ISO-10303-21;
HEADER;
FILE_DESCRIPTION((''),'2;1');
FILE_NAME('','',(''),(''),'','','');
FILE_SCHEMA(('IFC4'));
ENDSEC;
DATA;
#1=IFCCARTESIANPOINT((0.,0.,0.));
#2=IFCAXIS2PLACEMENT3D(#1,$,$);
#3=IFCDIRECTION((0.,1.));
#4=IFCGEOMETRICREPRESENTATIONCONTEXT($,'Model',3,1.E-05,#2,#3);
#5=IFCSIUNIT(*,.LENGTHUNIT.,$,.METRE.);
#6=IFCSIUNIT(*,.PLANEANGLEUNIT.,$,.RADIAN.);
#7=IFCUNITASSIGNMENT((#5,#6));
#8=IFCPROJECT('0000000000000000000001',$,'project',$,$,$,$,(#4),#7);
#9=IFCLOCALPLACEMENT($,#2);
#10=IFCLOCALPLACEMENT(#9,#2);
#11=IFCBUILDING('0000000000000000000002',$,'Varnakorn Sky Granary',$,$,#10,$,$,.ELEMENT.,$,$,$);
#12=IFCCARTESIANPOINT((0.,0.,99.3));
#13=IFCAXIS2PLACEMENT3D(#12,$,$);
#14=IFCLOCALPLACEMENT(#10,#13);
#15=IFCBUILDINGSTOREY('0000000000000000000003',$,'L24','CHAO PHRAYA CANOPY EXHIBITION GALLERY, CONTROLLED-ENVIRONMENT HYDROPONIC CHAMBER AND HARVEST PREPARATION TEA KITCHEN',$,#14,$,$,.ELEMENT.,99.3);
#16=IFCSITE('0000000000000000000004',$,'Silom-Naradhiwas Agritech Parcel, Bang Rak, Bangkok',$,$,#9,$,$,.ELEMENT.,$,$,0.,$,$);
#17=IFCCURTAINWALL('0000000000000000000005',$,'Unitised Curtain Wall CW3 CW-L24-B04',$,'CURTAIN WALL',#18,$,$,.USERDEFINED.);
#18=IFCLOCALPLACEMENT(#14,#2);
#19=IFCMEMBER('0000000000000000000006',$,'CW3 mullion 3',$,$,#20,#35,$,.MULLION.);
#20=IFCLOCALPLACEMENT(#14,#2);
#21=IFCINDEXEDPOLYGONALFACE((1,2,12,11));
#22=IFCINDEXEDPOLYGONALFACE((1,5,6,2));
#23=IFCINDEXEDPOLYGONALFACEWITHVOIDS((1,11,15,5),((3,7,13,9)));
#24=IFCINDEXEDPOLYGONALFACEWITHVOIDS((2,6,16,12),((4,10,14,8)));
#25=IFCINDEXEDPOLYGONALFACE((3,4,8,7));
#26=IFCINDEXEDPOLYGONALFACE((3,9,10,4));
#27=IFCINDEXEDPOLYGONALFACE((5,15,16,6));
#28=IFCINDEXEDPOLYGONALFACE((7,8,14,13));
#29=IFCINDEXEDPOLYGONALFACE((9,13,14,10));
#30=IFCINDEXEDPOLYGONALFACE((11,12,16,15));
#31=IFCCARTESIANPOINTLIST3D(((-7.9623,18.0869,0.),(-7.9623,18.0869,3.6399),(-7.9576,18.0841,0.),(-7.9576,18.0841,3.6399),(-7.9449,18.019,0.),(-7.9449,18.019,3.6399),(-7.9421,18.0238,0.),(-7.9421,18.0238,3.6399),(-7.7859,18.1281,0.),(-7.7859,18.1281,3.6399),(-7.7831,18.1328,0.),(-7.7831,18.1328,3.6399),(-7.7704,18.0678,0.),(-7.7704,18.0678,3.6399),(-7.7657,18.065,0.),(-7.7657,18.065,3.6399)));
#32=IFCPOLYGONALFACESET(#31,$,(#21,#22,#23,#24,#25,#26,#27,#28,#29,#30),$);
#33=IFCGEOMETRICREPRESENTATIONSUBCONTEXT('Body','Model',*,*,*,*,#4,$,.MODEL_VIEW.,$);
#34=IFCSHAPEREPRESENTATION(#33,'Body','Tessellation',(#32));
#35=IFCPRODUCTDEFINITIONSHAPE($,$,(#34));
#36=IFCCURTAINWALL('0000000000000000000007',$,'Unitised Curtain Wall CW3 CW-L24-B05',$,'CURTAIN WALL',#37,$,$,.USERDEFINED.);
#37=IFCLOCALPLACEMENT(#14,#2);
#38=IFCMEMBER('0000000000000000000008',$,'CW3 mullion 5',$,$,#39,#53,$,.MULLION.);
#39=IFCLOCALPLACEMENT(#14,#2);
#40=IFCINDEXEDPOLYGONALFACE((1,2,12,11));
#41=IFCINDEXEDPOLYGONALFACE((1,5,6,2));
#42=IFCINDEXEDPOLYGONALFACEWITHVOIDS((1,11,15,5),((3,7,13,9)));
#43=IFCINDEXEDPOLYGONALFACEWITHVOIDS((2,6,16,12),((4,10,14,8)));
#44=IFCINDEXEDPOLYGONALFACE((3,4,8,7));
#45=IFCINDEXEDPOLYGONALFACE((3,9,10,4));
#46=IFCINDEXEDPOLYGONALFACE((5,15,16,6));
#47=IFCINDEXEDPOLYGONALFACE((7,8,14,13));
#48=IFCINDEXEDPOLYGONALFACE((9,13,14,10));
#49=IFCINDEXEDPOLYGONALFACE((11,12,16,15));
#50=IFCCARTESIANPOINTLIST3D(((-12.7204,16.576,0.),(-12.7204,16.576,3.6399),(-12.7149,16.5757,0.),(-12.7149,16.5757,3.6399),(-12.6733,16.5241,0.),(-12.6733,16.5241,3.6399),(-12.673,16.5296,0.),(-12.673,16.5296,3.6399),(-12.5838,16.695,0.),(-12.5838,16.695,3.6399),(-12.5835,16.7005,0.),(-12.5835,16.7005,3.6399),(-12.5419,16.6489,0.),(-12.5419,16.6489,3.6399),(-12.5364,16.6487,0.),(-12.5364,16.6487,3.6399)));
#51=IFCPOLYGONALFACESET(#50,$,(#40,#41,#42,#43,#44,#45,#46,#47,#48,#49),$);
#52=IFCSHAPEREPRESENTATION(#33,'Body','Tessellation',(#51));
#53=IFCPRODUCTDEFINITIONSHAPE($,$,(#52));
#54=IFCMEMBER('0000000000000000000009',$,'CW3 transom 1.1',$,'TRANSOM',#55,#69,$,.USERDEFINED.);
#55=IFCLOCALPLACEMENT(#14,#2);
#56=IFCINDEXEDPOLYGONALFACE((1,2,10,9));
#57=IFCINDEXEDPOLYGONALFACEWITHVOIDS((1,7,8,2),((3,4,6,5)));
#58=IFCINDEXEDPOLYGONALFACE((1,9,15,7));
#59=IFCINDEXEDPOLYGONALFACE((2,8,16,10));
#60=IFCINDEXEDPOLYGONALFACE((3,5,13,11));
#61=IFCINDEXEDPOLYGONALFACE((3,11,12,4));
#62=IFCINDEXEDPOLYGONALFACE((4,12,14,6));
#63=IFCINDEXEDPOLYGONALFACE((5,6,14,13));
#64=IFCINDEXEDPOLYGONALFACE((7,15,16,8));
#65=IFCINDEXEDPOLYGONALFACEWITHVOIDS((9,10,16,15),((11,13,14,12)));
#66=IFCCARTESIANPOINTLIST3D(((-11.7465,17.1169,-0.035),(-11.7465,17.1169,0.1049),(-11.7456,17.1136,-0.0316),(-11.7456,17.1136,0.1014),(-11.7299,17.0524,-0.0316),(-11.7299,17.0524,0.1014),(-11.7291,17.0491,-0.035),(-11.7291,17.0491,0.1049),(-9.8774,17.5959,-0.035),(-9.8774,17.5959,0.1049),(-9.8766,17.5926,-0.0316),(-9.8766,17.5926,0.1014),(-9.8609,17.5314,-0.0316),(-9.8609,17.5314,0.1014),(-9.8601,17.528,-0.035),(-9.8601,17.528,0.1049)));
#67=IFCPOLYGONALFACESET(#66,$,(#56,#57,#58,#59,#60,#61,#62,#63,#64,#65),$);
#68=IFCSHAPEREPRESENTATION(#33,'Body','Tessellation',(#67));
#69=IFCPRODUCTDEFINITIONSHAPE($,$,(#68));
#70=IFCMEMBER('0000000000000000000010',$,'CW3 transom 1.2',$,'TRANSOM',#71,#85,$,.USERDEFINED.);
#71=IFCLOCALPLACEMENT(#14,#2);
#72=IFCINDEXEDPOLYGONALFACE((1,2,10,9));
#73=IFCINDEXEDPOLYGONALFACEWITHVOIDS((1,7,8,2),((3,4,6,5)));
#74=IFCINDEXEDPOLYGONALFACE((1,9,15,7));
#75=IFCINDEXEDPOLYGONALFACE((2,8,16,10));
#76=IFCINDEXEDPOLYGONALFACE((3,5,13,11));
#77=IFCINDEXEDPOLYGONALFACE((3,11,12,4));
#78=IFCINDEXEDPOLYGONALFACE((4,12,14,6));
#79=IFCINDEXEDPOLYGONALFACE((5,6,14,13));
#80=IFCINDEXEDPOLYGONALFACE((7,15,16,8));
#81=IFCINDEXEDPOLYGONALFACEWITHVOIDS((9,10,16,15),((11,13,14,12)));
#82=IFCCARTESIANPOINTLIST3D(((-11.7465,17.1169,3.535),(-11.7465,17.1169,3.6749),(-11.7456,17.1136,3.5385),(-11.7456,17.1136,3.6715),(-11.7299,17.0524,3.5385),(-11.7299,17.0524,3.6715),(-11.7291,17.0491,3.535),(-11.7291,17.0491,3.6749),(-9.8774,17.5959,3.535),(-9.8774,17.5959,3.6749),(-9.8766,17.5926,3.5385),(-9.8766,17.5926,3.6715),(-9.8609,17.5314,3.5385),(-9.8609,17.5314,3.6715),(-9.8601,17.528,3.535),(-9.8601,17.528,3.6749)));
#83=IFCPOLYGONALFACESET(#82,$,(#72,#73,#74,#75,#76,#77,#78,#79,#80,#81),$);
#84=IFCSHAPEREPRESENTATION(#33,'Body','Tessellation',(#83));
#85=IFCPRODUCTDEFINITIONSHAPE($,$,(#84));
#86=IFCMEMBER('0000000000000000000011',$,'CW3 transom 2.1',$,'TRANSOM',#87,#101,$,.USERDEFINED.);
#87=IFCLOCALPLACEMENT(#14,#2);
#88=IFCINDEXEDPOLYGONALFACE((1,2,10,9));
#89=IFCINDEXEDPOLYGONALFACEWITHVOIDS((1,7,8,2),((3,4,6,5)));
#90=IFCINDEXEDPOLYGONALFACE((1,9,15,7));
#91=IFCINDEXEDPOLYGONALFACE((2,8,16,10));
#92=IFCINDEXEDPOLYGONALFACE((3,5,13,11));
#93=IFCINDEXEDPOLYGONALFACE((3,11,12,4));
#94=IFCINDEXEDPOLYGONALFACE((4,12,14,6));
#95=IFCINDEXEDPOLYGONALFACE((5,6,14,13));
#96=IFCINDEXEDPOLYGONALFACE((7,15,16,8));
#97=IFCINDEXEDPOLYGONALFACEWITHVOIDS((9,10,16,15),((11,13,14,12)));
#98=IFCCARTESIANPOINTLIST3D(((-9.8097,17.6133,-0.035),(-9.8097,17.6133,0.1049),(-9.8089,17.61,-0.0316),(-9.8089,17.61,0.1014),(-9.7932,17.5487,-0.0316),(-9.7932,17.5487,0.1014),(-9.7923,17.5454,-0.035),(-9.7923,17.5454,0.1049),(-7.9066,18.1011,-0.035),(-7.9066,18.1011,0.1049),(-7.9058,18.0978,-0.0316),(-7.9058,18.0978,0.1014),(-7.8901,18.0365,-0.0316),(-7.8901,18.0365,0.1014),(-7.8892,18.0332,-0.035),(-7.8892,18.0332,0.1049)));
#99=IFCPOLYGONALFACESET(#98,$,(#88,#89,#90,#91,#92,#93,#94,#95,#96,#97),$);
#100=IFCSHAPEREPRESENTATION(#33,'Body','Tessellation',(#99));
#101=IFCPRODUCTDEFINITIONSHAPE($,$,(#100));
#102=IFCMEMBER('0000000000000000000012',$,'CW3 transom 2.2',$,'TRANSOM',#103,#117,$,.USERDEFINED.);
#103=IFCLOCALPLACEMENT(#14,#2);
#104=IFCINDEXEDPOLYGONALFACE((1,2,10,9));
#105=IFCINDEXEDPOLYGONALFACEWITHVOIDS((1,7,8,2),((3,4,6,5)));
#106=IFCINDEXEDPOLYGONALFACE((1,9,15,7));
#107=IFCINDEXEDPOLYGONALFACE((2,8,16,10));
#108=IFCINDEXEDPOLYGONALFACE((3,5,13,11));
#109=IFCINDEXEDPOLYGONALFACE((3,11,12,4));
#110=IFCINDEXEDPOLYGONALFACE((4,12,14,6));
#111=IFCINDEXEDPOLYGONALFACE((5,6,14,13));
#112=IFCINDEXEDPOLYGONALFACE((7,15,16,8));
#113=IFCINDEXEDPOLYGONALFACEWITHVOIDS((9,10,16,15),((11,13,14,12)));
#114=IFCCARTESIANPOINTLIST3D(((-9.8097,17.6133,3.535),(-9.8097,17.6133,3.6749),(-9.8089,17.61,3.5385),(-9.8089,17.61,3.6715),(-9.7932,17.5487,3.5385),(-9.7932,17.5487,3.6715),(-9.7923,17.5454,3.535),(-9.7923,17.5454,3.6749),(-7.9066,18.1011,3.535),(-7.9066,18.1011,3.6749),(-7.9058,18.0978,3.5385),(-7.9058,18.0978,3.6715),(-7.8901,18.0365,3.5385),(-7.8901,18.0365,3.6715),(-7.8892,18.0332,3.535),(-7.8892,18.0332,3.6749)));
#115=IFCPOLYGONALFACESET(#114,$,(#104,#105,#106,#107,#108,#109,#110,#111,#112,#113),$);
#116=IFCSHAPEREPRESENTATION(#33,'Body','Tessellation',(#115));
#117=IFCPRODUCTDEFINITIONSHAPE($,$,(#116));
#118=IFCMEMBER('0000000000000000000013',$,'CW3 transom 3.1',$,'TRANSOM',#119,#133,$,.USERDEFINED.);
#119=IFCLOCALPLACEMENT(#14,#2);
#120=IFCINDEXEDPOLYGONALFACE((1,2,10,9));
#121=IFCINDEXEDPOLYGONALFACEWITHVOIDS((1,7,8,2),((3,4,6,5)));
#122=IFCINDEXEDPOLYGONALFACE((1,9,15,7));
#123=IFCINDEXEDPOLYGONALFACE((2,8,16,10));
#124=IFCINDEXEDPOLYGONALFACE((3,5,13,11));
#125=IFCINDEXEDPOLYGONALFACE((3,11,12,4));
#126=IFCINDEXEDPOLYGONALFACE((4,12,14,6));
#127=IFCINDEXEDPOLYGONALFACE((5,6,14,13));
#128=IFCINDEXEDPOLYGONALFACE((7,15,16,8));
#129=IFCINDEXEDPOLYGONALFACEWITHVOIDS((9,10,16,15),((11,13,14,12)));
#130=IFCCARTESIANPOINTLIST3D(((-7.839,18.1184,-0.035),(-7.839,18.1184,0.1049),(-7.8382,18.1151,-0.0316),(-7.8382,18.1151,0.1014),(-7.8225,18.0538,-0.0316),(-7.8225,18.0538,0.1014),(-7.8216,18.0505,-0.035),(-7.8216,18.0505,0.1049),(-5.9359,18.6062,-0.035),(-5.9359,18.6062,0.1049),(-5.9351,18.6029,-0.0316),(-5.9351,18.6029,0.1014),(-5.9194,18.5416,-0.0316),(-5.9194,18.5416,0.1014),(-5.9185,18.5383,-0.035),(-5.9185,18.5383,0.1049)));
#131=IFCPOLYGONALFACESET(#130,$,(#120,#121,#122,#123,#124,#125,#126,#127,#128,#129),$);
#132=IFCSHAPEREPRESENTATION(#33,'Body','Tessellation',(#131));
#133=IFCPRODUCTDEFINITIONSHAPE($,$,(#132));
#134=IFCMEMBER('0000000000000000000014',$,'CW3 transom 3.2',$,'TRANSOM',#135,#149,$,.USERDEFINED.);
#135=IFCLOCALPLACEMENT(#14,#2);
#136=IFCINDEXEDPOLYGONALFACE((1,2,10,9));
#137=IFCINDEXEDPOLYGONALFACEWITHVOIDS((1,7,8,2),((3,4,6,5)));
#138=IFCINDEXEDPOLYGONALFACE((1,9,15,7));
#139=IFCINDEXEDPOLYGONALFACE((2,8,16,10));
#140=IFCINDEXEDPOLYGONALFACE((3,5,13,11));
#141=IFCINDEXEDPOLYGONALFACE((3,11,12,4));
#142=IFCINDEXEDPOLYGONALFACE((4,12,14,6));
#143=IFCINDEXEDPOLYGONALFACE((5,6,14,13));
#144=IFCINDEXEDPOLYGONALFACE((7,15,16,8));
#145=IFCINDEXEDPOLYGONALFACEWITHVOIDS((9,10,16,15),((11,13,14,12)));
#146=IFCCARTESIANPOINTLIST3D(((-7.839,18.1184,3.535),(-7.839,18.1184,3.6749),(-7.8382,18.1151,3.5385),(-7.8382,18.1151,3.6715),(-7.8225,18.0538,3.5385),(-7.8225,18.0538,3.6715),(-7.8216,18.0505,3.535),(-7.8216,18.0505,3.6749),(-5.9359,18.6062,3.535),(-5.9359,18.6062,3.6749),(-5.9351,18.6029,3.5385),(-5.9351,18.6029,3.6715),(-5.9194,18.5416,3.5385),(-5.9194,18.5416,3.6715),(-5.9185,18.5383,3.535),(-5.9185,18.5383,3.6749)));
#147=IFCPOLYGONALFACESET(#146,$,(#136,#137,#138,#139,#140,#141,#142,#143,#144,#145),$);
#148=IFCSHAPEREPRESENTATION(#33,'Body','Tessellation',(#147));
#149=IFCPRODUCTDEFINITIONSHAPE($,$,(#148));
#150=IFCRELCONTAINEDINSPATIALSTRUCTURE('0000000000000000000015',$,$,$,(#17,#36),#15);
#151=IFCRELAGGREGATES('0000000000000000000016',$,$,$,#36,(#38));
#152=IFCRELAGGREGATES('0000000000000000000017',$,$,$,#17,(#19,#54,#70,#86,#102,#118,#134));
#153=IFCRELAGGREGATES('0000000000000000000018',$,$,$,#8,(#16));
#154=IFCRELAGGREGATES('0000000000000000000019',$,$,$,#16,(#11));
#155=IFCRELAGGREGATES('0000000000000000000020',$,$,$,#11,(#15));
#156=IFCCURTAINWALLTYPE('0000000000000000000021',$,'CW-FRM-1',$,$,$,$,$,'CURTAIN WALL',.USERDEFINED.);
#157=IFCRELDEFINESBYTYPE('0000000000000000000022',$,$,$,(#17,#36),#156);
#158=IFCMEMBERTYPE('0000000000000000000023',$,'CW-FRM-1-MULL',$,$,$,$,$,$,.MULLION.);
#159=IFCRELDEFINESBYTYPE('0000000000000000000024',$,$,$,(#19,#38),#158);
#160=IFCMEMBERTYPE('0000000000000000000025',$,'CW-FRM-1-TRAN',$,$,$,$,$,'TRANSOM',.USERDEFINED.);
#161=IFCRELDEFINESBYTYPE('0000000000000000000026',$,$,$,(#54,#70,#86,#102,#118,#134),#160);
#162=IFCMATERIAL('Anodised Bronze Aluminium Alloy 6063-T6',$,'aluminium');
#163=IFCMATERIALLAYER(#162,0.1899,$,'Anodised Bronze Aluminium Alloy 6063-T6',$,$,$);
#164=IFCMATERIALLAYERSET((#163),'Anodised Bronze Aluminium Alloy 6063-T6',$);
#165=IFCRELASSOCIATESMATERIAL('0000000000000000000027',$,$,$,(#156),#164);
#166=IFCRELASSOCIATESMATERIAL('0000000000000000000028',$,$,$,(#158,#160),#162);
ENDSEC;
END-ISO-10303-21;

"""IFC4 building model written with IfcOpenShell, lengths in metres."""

from ifc_helpers import new_model, si_unit, direction, frame, origin, origin_2d, place, context, subcontext, project, spatial, hollow_rectangle, extrude, material, layer, layer_set, material_profile, profile_set, type_object, element, aggregate, save


model = new_model("IFC4")

# Units and contexts
model_context = context("Model", 3, precision=1e-05, world=origin(), true_north=direction((0.0, 1.0)))
body_context = subcontext(model_context, "Body", "Model", "MODEL_VIEW")
ifc_project = project(units=[si_unit("LENGTHUNIT", "METRE"), si_unit("PLANEANGLEUNIT", "RADIAN")], contexts=[model_context])

# Site, building, storey
site_placement = place(None, origin())
site = spatial("IfcSite", under=ifc_project, at=site_placement, Name="Silom-Naradhiwas Agritech Parcel, Bang Rak, Bangkok", CompositionType="ELEMENT", RefElevation=0.0)
building_placement = place(site_placement, origin())
building = spatial("IfcBuilding", under=site, at=building_placement, Name="Varnakorn Sky Granary", CompositionType="ELEMENT")
storey_placement = place(building_placement, frame((0.0, 0.0, 99.3)))
storey = spatial("IfcBuildingStorey", under=building, at=storey_placement, Name="L24", Description="CHAO PHRAYA CANOPY EXHIBITION GALLERY, CONTROLLED-ENVIRONMENT HYDROPONIC CHAMBER AND HARVEST PREPARATION TEA KITCHEN", CompositionType="ELEMENT", Elevation=99.3)

# Curtain wall, member
ifc_material_1 = material(Name="Anodised Bronze Aluminium Alloy 6063-T6", Category="aluminium")
ifc_layer_1 = layer(ifc_material_1, 0.1899, Name="Anodised Bronze Aluminium Alloy 6063-T6")
ifc_layer_set_1 = layer_set([ifc_layer_1], Name="Anodised Bronze Aluminium Alloy 6063-T6")
curtain_wall_type = type_object("IfcCurtainWallType", Name="CW-FRM-1", ElementType="CURTAIN WALL", PredefinedType="USERDEFINED", material=ifc_layer_set_1)
curtain_wall_1_placement = place(storey_placement, origin())
curtain_wall_1 = element("IfcCurtainWall", 1, at=curtain_wall_1_placement, inside=storey, type_object=curtain_wall_type, Name="Unitised Curtain Wall CW3 CW-L24-B04", ObjectType="CURTAIN WALL", PredefinedType="USERDEFINED")
ifc_material_profile_1 = material_profile(ifc_material_1, hollow_rectangle(XDim=0.0701, YDim=0.1851, WallThickness=0.0039, at=origin_2d()), Name="ALU MULL 70x185")
ifc_profile_set_1 = profile_set([ifc_material_profile_1], Name="Anodised Bronze Aluminium Alloy 6063-T6")
member_type_1 = type_object("IfcMemberType", Name="CW-FRM-1-MULL", PredefinedType="MULLION", material=ifc_profile_set_1)
member_1_placement = place(storey_placement, frame((-7.864, 18.0759, 0.0), z_axis=(0.0, 0.0, 1.0), x_axis=(-0.248284, 0.968687, 0.0)))
member_1 = element("IfcMember", 2, at=member_1_placement, type_object=member_type_1, Name="CW3 mullion 3", PredefinedType="MULLION", context=body_context, shape_type="SweptSolid", body=[
    extrude(hollow_rectangle(XDim=0.0701, YDim=0.1851, WallThickness=0.0039, at=origin_2d()), origin(), (0.0, 0.0, 1.0), 3.6399),
])

# Curtain wall, member
curtain_wall_2_placement = place(storey_placement, origin())
curtain_wall_2 = element("IfcCurtainWall", 3, at=curtain_wall_2_placement, inside=storey, type_object=curtain_wall_type, Name="Unitised Curtain Wall CW3 CW-L24-B05", ObjectType="CURTAIN WALL", PredefinedType="USERDEFINED")
member_2_placement = place(storey_placement, frame((-12.6284, 16.6123, 0.0), z_axis=(0.0, 0.0, 1.0), x_axis=(-0.672919, 0.739716, 0.0)))
member_2 = element("IfcMember", 4, at=member_2_placement, type_object=member_type_1, Name="CW3 mullion 5", PredefinedType="MULLION", context=body_context, shape_type="SweptSolid", body=[
    extrude(hollow_rectangle(XDim=0.0701, YDim=0.1851, WallThickness=0.0039, at=origin_2d()), origin(), (0.0, 0.0, 1.0), 3.6399),
])

# Members
ifc_material_profile_2 = material_profile(ifc_material_1, hollow_rectangle(XDim=0.0701, YDim=0.1399, WallThickness=0.0034, at=origin_2d()), Name="ALU TRAN 70x140")
ifc_profile_set_2 = profile_set([ifc_material_profile_2], Name="Anodised Bronze Aluminium Alloy 6063-T6")
member_type_2 = type_object("IfcMemberType", Name="CW-FRM-1-TRAN", ElementType="TRANSOM", PredefinedType="USERDEFINED", material=ifc_profile_set_2)
member_3_placement = place(storey_placement, frame((-11.7378, 17.083, 0.0349), z_axis=(0.968697, 0.248247, 0.0), x_axis=(-0.248247, 0.968697, 0.0)))
member_3 = element("IfcMember", 5, at=member_3_placement, type_object=member_type_2, Name="CW3 transom 1.1", ObjectType="TRANSOM", PredefinedType="USERDEFINED", context=body_context, shape_type="SweptSolid", body=[
    extrude(hollow_rectangle(XDim=0.0701, YDim=0.1399, WallThickness=0.0034, at=origin_2d()), origin(), (0.0, 0.0, 1.0), 1.9294),
])
member_4_placement = place(storey_placement, frame((-11.7378, 17.083, 3.605), z_axis=(0.968697, 0.248247, 0.0), x_axis=(-0.248247, 0.968697, 0.0)))
member_4 = element("IfcMember", 6, at=member_4_placement, type_object=member_type_2, Name="CW3 transom 1.2", ObjectType="TRANSOM", PredefinedType="USERDEFINED", context=body_context, shape_type="SweptSolid", body=[
    extrude(hollow_rectangle(XDim=0.0701, YDim=0.1399, WallThickness=0.0034, at=origin_2d()), origin(), (0.0, 0.0, 1.0), 1.9294),
])
member_5_placement = place(storey_placement, frame((-9.801, 17.5793, 0.0349), z_axis=(0.968685, 0.248292, 0.0), x_axis=(-0.248292, 0.968685, 0.0)))
member_5 = element("IfcMember", 7, at=member_5_placement, type_object=member_type_2, Name="CW3 transom 2.1", ObjectType="TRANSOM", PredefinedType="USERDEFINED", context=body_context, shape_type="SweptSolid", body=[
    extrude(hollow_rectangle(XDim=0.0701, YDim=0.1399, WallThickness=0.0034, at=origin_2d()), origin(), (0.0, 0.0, 1.0), 1.9646),
])
member_6_placement = place(storey_placement, frame((-9.801, 17.5793, 3.605), z_axis=(0.968685, 0.248292, 0.0), x_axis=(-0.248292, 0.968685, 0.0)))
member_6 = element("IfcMember", 8, at=member_6_placement, type_object=member_type_2, Name="CW3 transom 2.2", ObjectType="TRANSOM", PredefinedType="USERDEFINED", context=body_context, shape_type="SweptSolid", body=[
    extrude(hollow_rectangle(XDim=0.0701, YDim=0.1399, WallThickness=0.0034, at=origin_2d()), origin(), (0.0, 0.0, 1.0), 1.9646),
])
member_7_placement = place(storey_placement, frame((-7.8303, 18.0845, 0.0349), z_axis=(0.968685, 0.248292, 0.0), x_axis=(-0.248292, 0.968685, 0.0)))
member_7 = element("IfcMember", 9, at=member_7_placement, type_object=member_type_2, Name="CW3 transom 3.1", ObjectType="TRANSOM", PredefinedType="USERDEFINED", context=body_context, shape_type="SweptSolid", body=[
    extrude(hollow_rectangle(XDim=0.0701, YDim=0.1399, WallThickness=0.0034, at=origin_2d()), origin(), (0.0, 0.0, 1.0), 1.9646),
])
member_8_placement = place(storey_placement, frame((-7.8303, 18.0845, 3.605), z_axis=(0.968685, 0.248292, 0.0), x_axis=(-0.248292, 0.968685, 0.0)))
member_8 = element("IfcMember", 10, at=member_8_placement, type_object=member_type_2, Name="CW3 transom 3.2", ObjectType="TRANSOM", PredefinedType="USERDEFINED", context=body_context, shape_type="SweptSolid", body=[
    extrude(hollow_rectangle(XDim=0.0701, YDim=0.1399, WallThickness=0.0034, at=origin_2d()), origin(), (0.0, 0.0, 1.0), 1.9646),
])

aggregate(curtain_wall_2, [member_2])
aggregate(curtain_wall_1, [member_1, member_3, member_4, member_5, member_6, member_7, member_8])

save(model, "model.ifc")
